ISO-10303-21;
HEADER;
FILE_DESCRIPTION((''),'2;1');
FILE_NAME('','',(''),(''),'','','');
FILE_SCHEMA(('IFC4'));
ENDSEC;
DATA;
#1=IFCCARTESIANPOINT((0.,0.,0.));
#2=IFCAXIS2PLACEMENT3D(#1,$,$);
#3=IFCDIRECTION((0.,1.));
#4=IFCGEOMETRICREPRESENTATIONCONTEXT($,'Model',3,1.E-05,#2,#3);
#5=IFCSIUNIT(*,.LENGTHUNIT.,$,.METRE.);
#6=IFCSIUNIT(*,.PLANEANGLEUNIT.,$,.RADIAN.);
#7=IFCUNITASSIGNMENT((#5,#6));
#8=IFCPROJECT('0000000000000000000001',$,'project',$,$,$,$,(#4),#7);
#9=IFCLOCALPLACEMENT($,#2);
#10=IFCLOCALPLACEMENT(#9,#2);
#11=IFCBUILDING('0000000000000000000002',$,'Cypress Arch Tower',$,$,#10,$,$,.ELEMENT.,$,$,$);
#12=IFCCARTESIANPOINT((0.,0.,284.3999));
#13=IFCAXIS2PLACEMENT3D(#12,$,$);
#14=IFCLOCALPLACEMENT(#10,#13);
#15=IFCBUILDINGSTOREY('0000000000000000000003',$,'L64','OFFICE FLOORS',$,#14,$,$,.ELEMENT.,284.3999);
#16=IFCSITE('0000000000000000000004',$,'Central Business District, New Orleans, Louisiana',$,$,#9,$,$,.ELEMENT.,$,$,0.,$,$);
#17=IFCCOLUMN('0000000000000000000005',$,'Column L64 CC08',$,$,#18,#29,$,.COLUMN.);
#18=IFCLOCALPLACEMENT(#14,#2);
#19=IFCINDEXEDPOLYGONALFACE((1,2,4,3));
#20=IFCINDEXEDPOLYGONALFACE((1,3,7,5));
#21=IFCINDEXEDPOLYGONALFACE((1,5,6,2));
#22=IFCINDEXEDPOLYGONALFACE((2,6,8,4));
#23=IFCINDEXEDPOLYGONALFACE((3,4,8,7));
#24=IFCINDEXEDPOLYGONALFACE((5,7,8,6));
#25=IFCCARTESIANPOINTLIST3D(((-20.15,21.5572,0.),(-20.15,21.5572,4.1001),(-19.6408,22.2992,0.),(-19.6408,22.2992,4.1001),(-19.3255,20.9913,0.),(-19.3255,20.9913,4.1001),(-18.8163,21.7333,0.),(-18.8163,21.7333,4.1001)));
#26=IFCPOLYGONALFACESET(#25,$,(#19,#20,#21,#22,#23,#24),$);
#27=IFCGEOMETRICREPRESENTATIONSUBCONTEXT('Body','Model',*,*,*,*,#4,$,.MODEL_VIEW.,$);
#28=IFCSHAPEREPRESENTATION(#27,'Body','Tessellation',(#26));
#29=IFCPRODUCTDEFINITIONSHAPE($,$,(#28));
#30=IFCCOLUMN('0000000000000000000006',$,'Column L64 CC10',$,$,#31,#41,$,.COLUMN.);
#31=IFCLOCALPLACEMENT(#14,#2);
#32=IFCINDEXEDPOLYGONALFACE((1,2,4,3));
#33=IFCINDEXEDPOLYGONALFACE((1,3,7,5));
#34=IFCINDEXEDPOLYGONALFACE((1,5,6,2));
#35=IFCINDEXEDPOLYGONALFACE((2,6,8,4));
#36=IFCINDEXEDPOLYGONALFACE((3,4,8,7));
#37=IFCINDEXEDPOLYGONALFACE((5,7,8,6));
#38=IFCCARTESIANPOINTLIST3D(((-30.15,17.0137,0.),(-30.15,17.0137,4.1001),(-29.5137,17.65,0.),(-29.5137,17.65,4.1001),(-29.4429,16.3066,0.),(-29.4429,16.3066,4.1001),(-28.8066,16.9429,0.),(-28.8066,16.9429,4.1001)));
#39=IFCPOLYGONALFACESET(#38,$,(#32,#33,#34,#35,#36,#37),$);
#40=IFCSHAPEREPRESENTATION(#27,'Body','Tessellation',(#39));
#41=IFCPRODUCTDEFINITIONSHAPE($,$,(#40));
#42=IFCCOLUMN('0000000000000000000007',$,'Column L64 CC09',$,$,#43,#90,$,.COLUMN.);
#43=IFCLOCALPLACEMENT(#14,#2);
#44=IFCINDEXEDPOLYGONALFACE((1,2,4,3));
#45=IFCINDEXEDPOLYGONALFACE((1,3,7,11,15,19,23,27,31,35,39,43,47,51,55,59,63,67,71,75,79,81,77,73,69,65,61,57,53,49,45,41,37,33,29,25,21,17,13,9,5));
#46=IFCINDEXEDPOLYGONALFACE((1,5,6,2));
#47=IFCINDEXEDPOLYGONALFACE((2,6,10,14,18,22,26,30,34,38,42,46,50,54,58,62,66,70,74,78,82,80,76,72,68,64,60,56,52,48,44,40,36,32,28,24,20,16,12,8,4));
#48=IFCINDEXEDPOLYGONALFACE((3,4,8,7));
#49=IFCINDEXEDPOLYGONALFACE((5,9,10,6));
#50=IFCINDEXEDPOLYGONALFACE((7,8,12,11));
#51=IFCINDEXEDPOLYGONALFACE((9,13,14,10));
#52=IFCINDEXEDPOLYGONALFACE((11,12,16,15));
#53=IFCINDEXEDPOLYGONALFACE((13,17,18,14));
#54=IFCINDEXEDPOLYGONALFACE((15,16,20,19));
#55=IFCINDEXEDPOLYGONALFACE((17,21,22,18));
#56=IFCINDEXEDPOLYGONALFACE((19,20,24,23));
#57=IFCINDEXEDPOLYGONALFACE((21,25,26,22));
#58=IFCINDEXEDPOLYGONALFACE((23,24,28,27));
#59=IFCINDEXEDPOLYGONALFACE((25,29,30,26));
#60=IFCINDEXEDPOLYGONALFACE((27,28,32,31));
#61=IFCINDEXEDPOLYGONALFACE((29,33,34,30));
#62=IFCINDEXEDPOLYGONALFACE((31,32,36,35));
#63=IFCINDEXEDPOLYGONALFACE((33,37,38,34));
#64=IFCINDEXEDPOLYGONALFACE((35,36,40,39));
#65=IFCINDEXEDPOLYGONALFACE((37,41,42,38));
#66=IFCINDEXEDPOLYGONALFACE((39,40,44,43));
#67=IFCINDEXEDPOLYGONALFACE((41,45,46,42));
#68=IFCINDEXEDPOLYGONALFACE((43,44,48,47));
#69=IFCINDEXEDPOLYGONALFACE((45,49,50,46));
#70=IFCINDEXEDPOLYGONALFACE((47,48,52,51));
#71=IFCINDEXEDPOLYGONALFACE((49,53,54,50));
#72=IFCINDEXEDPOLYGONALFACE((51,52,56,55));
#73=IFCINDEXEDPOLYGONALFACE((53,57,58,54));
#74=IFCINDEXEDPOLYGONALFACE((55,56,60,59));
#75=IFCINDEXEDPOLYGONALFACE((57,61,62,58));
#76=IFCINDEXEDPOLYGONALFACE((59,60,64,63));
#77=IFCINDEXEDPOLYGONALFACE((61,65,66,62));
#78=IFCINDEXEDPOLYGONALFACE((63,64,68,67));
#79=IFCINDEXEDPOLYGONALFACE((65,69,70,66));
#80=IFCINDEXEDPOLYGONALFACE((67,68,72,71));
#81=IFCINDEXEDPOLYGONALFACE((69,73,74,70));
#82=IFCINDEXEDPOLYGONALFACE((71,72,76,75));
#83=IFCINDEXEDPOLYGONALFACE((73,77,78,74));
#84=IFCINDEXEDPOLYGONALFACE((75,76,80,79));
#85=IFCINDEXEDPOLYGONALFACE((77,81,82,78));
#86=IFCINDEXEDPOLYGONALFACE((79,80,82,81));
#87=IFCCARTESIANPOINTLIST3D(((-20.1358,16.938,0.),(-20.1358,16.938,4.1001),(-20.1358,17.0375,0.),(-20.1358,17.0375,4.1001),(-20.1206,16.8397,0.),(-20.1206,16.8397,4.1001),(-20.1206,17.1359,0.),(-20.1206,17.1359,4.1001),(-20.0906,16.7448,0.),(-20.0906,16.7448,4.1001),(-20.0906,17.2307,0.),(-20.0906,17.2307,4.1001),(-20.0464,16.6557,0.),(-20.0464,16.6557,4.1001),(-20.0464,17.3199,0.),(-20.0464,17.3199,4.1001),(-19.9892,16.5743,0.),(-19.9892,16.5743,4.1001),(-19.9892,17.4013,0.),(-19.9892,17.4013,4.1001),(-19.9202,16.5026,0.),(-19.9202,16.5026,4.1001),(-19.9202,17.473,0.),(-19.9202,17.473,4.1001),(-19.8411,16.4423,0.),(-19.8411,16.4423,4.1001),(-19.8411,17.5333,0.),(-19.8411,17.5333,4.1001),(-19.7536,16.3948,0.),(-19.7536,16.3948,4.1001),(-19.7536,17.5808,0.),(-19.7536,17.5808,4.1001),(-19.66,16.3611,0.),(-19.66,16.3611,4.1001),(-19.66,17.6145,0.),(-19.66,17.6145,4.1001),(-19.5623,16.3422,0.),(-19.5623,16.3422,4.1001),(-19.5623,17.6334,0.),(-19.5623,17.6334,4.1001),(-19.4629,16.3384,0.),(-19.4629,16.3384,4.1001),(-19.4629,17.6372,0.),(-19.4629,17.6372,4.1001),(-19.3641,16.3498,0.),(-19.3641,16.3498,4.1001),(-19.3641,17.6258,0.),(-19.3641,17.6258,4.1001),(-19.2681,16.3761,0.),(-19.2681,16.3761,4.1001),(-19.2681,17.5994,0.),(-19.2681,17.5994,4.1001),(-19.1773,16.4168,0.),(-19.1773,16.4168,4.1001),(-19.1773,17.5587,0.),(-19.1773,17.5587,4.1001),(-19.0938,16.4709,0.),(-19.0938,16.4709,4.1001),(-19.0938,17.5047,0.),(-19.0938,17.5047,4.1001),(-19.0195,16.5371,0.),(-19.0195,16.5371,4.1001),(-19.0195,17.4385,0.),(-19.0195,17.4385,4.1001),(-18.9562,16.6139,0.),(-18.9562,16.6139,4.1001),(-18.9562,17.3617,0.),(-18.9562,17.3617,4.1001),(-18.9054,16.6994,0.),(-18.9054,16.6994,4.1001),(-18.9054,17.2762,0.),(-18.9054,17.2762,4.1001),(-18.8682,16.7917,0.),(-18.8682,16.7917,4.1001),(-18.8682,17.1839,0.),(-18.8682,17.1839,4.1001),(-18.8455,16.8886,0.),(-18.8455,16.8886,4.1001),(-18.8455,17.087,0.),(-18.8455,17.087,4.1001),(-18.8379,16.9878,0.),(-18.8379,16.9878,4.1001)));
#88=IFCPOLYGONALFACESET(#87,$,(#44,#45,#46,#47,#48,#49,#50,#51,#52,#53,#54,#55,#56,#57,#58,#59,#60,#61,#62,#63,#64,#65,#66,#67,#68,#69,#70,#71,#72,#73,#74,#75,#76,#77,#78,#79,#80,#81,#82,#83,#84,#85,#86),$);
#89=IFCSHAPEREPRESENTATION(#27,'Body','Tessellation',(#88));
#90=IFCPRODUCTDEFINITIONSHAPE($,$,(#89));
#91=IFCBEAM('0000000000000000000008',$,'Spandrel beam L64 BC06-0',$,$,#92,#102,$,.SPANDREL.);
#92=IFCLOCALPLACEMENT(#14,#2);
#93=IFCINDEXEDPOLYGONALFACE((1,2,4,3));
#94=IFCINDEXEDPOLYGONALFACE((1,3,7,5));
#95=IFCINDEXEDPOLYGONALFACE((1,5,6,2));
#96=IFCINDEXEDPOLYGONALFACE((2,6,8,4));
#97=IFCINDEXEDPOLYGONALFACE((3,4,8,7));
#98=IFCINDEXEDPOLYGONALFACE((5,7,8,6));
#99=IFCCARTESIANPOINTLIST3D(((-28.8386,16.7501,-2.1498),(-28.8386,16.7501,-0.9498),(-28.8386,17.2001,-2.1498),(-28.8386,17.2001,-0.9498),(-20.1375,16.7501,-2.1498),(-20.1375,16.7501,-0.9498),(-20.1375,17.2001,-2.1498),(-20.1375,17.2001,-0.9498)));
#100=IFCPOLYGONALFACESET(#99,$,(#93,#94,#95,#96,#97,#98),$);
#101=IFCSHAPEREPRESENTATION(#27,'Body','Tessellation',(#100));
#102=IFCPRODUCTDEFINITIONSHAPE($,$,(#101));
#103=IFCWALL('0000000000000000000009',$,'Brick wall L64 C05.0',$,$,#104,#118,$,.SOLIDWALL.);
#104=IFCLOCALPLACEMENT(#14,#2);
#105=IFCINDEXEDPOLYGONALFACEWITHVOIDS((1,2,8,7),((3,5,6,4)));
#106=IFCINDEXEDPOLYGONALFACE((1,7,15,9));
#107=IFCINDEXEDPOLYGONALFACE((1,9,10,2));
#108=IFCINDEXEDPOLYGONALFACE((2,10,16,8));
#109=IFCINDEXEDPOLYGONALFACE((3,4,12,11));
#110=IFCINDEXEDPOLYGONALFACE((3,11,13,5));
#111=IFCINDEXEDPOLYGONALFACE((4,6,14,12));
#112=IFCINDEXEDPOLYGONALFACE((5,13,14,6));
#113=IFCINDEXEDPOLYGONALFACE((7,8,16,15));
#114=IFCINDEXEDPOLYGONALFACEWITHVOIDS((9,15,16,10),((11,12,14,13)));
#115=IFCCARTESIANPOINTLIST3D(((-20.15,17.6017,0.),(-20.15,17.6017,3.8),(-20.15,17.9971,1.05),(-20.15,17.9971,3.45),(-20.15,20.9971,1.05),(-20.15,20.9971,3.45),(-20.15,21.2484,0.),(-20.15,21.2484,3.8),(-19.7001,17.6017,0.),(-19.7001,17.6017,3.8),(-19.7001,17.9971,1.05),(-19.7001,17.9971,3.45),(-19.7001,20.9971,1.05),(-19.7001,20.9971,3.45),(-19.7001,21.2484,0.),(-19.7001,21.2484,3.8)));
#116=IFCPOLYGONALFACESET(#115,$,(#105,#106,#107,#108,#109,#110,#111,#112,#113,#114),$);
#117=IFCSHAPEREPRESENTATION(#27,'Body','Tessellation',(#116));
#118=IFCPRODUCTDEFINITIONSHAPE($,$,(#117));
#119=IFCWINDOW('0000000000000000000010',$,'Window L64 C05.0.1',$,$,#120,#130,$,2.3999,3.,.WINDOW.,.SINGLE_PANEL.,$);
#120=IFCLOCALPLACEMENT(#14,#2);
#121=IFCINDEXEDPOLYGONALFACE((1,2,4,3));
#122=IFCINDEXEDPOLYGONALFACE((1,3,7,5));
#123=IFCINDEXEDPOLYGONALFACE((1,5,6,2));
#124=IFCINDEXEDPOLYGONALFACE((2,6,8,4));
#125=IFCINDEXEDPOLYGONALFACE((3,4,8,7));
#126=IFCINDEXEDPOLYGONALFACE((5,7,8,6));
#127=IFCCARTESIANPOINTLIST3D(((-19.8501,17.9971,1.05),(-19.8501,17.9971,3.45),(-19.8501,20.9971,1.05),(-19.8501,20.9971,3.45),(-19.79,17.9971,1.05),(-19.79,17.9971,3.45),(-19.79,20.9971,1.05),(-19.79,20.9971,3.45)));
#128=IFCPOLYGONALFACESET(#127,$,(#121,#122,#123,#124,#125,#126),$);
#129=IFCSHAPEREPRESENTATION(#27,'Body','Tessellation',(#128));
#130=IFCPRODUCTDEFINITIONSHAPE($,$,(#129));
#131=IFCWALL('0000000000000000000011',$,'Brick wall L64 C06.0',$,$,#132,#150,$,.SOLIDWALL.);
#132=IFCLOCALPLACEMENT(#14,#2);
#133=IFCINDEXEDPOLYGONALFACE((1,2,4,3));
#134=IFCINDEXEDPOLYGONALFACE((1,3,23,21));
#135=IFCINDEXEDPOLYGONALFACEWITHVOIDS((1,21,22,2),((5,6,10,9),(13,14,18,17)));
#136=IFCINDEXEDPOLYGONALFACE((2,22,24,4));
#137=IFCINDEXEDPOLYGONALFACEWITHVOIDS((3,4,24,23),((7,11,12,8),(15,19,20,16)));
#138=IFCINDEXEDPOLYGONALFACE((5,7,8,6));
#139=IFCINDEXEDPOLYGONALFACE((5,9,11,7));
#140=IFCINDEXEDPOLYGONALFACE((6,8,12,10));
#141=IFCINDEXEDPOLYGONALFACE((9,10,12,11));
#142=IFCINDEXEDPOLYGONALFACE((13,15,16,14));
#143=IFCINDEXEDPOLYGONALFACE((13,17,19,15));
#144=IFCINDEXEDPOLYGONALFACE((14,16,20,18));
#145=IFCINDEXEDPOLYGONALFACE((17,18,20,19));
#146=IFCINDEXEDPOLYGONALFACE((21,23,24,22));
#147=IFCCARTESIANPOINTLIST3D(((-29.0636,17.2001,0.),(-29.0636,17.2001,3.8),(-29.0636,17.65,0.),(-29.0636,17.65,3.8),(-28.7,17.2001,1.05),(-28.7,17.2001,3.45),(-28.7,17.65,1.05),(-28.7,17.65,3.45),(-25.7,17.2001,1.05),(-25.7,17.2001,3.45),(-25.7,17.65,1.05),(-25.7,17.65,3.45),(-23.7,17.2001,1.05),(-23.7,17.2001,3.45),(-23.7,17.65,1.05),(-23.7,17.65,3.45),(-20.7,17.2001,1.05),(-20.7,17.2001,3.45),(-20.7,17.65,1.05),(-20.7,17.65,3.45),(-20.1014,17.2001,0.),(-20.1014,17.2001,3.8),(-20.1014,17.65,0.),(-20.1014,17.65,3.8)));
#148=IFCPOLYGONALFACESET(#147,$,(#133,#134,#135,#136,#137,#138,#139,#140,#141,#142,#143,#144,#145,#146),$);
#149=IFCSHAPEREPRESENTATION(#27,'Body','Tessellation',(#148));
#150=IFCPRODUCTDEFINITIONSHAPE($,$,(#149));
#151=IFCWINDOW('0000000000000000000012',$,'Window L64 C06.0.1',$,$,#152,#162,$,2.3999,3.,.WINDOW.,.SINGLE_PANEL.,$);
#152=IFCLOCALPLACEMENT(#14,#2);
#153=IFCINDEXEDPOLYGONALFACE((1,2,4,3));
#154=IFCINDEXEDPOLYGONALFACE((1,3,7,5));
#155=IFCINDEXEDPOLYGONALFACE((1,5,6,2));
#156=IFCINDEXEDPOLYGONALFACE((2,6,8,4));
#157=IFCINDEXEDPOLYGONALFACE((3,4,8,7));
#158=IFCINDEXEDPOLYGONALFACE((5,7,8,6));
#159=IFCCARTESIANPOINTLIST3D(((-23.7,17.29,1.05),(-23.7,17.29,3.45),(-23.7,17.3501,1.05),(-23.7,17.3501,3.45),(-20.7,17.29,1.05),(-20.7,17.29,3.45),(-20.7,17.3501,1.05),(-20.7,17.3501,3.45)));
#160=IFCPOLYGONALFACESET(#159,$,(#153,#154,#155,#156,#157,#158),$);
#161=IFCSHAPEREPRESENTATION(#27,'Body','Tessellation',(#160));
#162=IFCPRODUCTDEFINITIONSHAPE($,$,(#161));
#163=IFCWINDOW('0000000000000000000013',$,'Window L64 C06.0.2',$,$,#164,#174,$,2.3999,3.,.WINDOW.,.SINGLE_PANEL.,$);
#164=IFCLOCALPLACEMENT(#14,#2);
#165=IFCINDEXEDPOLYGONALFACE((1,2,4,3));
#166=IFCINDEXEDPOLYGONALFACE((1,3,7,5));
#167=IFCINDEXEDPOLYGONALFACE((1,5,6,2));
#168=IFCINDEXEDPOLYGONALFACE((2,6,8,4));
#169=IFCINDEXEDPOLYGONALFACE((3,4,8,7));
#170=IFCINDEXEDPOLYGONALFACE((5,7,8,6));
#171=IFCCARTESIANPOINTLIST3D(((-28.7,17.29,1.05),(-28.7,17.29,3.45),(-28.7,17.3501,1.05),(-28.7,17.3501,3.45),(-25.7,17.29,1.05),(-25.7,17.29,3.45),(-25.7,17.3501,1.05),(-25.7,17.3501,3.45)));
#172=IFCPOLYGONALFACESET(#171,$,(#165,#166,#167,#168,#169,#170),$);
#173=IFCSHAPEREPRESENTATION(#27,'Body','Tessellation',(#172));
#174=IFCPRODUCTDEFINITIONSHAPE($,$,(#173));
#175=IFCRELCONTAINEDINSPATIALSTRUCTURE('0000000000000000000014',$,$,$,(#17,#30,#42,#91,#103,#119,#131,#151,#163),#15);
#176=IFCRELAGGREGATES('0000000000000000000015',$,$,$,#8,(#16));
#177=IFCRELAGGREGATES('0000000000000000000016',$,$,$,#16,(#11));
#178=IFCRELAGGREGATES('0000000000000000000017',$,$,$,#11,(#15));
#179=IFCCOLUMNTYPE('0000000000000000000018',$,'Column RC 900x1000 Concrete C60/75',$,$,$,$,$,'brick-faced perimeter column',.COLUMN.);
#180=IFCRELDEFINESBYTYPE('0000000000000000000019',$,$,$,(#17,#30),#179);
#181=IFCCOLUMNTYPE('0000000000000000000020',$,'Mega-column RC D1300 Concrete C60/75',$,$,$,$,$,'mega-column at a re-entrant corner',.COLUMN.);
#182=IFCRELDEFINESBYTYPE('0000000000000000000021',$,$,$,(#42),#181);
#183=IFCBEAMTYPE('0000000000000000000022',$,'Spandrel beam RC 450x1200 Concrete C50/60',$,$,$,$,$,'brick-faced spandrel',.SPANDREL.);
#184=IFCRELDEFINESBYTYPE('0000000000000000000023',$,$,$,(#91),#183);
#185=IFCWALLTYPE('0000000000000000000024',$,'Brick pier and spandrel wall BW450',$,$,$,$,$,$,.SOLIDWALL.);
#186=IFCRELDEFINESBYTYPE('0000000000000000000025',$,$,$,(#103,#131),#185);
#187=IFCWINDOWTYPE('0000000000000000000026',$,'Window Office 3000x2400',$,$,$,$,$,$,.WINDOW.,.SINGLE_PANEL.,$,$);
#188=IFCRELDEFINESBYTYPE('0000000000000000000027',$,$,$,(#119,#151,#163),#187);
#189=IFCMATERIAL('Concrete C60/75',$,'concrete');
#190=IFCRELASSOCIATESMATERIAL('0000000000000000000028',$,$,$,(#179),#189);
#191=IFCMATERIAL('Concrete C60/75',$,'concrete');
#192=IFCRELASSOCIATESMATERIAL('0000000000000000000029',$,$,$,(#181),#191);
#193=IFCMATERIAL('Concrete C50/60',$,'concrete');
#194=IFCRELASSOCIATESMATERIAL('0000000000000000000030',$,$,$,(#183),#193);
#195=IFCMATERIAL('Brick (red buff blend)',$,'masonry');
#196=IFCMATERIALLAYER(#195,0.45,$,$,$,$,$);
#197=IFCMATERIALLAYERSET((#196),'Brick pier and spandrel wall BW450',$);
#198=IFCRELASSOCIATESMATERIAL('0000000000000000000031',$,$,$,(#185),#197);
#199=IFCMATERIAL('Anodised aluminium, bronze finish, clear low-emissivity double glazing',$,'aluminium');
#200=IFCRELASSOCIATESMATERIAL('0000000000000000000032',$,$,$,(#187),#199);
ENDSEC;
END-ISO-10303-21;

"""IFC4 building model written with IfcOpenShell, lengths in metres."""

from ifc_helpers import new_model, si_unit, direction, frame, frame_2d, origin, origin_2d, place, context, subcontext, project, spatial, rectangle, circle, extrude, material, layer, layer_set, material_profile, profile_set, type_object, element, fill, save


model = new_model("IFC4")

# Units and contexts
model_context = context("Model", 3, precision=1e-05, world=origin(), true_north=direction((0.0, 1.0)))
body_context = subcontext(model_context, "Body", "Model", "MODEL_VIEW")
ifc_project = project(units=[si_unit("LENGTHUNIT", "METRE"), si_unit("PLANEANGLEUNIT", "RADIAN")], contexts=[model_context])

# Site, building, storey
site_placement = place(None, origin())
site = spatial("IfcSite", under=ifc_project, at=site_placement, Name="Central Business District, New Orleans, Louisiana", CompositionType="ELEMENT", RefElevation=0.0)
building_placement = place(site_placement, origin())
building = spatial("IfcBuilding", under=site, at=building_placement, Name="Cypress Arch Tower", CompositionType="ELEMENT")
storey_placement = place(building_placement, frame((0.0, 0.0, 284.3999)))
storey = spatial("IfcBuildingStorey", under=building, at=storey_placement, Name="L64", Description="OFFICE FLOORS", CompositionType="ELEMENT", Elevation=284.3999)

# Columns
ifc_material_1 = material(Name="Concrete C60/75", Category="concrete")
ifc_material_profile_1 = material_profile(ifc_material_1, rectangle(XDim=0.8999, YDim=1.0, at=origin_2d()), Name="RC 900x1000")
ifc_profile_set_1 = profile_set([ifc_material_profile_1], Name="Concrete C60/75")
column_type_1 = type_object("IfcColumnType", Name="Column RC 900x1000 Concrete C60/75", ElementType="brick-faced perimeter column", PredefinedType="COLUMN", material=ifc_profile_set_1)
for number, where, z_axis, x_axis, name in (
    (1, (-19.4832, 21.6453, 0.0), (0.0, 0.0, 1.0), (-0.565893, -0.824479, 0.0), "Column L64 CC08"),
    (2, (-29.4783, 16.9783, 0.0), (0.0, 0.0, 1.0), (-0.707107, -0.707107, 0.0), "Column L64 CC10"),
):
    element("IfcColumn", number, at=place(storey_placement, frame(where, z_axis=z_axis, x_axis=x_axis)), inside=storey, type_object=column_type_1, Name=name, PredefinedType="COLUMN", context=body_context, shape_type="SweptSolid", body=[
        extrude(rectangle(XDim=0.8999, YDim=1.0, at=origin_2d()), origin(), (0.0, 0.0, 1.0), 4.1001),
    ])
ifc_material_2 = material(Name="Concrete C60/75", Category="concrete")
ifc_material_profile_2 = material_profile(ifc_material_2, circle(Radius=0.6499, at=origin_2d()), Name="RC D1300")
ifc_profile_set_2 = profile_set([ifc_material_profile_2], Name="Concrete C60/75")
column_type_2 = type_object("IfcColumnType", Name="Mega-column RC D1300 Concrete C60/75", ElementType="mega-column at a re-entrant corner", PredefinedType="COLUMN", material=ifc_profile_set_2)
column_placement = place(storey_placement, frame((-19.4878, 16.9878, 0.0), z_axis=(0.0, 0.0, 1.0), x_axis=(1.0, 0.0, 0.0)))
element("IfcColumn", 3, at=column_placement, inside=storey, type_object=column_type_2, Name="Column L64 CC09", PredefinedType="COLUMN", context=body_context, shape_type="SweptSolid", body=[
    extrude(circle(Radius=0.6499, at=origin_2d()), origin(), (0.0, 0.0, 1.0), 4.1001),
])

# Beam
ifc_material_3 = material(Name="Concrete C50/60", Category="concrete")
ifc_material_profile_3 = material_profile(ifc_material_3, rectangle(XDim=0.45, YDim=1.2, at=origin_2d()), Name="RC 450x1200")
ifc_profile_set_3 = profile_set([ifc_material_profile_3], Name="Concrete C50/60")
beam_type = type_object("IfcBeamType", Name="Spandrel beam RC 450x1200 Concrete C50/60", ElementType="brick-faced spandrel", PredefinedType="SPANDREL", material=ifc_profile_set_3)
beam_placement = place(storey_placement, frame((-20.1375, 16.9751, -1.5498), z_axis=(-1.0, 0.0, 0.0), x_axis=(0.0, -1.0, 0.0)))
element("IfcBeam", 4, at=beam_placement, inside=storey, type_object=beam_type, Name="Spandrel beam L64 BC06-0", PredefinedType="SPANDREL", context=body_context, shape_type="SweptSolid", body=[
    extrude(rectangle(XDim=0.45, YDim=1.2, at=origin_2d()), origin(), (0.0, 0.0, 1.0), 8.7012),
])

# Wall, opening, window
ifc_material_4 = material(Name="Brick (red buff blend)", Category="masonry")
ifc_layer_1 = layer(ifc_material_4, 0.45)
ifc_layer_set_1 = layer_set([ifc_layer_1], Name="Brick pier and spandrel wall BW450")
wall_type_1 = type_object("IfcWallType", Name="Brick pier and spandrel wall BW450", PredefinedType="SOLIDWALL", material=ifc_layer_set_1)
wall_1_placement = place(storey_placement, frame((-19.925, 21.2483, 0.0), z_axis=(0.0, 0.0, 1.0), x_axis=(0.0, -1.0, 0.0)))
wall_1 = element("IfcWall", 5, at=wall_1_placement, inside=storey, type_object=wall_type_1, Name="Brick wall L64 C05.0", PredefinedType="SOLIDWALL", context=body_context, shape_type="SweptSolid", body=[
    extrude(rectangle(XDim=3.6467, YDim=0.45, at=frame_2d((1.8232, 0.0))), origin(), (0.0, 0.0, 1.0), 3.8),
])
opening_1_placement = place(wall_1_placement, frame((0.2512, 0.0, 1.05)))
opening_1 = element("IfcOpeningElement", 6, at=opening_1_placement, cuts=wall_1, PredefinedType="OPENING", context=body_context, shape_type="SweptSolid", body=[
    extrude(rectangle(XDim=3.0, YDim=2.3999, at=frame_2d((1.5, 1.2))), frame((0.0, 0.2349, 0.0), z_axis=(0.0, -1.0, 0.0), x_axis=(1.0, 0.0, 0.0)), (0.0, 0.0, 1.0), 0.47),
])
ifc_material_5 = material(Name="Anodised aluminium, bronze finish, clear low-emissivity double glazing", Category="aluminium")
window_type = type_object("IfcWindowType", Name="Window Office 3000x2400", PartitioningType="SINGLE_PANEL", PredefinedType="WINDOW", material=ifc_material_5)
window_1_placement = place(opening_1_placement, origin())
window_1 = element("IfcWindow", 7, at=window_1_placement, inside=storey, type_object=window_type, Name="Window L64 C05.0.1", OverallHeight=2.3999, OverallWidth=3.0, PartitioningType="SINGLE_PANEL", PredefinedType="WINDOW", context=body_context, shape_type="SweptSolid", body=[
    extrude(rectangle(XDim=3.0, YDim=2.3999, at=frame_2d((1.5, 1.2))), frame((0.0, 0.135, 0.0), z_axis=(0.0, -1.0, 0.0), x_axis=(1.0, 0.0, 0.0)), (0.0, 0.0, 1.0), 0.0601),
])
fill(opening_1, window_1)

# Wall, openings, windows
wall_2_placement = place(storey_placement, frame((-20.1016, 17.425, 0.0), z_axis=(0.0, 0.0, 1.0), x_axis=(-1.0, 0.0, 0.0)))
wall_2 = element("IfcWall", 8, at=wall_2_placement, inside=storey, type_object=wall_type_1, Name="Brick wall L64 C06.0", PredefinedType="SOLIDWALL", context=body_context, shape_type="SweptSolid", body=[
    extrude(rectangle(XDim=8.9622, YDim=0.45, at=frame_2d((4.481, 0.0))), origin(), (0.0, 0.0, 1.0), 3.8),
])
opening_2_placement = place(wall_2_placement, frame((0.5984, 0.0, 1.05)))
opening_2 = element("IfcOpeningElement", 9, at=opening_2_placement, cuts=wall_2, PredefinedType="OPENING", context=body_context, shape_type="SweptSolid", body=[
    extrude(rectangle(XDim=3.0, YDim=2.3999, at=frame_2d((1.5, 1.2))), frame((0.0, 0.2349, 0.0), z_axis=(0.0, -1.0, 0.0), x_axis=(1.0, 0.0, 0.0)), (0.0, 0.0, 1.0), 0.47),
])
opening_3_placement = place(wall_2_placement, frame((5.5984, 0.0, 1.05)))
opening_3 = element("IfcOpeningElement", 10, at=opening_3_placement, cuts=wall_2, PredefinedType="OPENING", context=body_context, shape_type="SweptSolid", body=[
    extrude(rectangle(XDim=3.0, YDim=2.3999, at=frame_2d((1.5, 1.2))), frame((0.0, 0.2349, 0.0), z_axis=(0.0, -1.0, 0.0), x_axis=(1.0, 0.0, 0.0)), (0.0, 0.0, 1.0), 0.47),
])
window_2_placement = place(opening_2_placement, origin())
window_2 = element("IfcWindow", 11, at=window_2_placement, inside=storey, type_object=window_type, Name="Window L64 C06.0.1", OverallHeight=2.3999, OverallWidth=3.0, PartitioningType="SINGLE_PANEL", PredefinedType="WINDOW", context=body_context, shape_type="SweptSolid", body=[
    extrude(rectangle(XDim=3.0, YDim=2.3999, at=frame_2d((1.5, 1.2))), frame((0.0, 0.135, 0.0), z_axis=(0.0, -1.0, 0.0), x_axis=(1.0, 0.0, 0.0)), (0.0, 0.0, 1.0), 0.0601),
])
fill(opening_2, window_2)
window_3_placement = place(opening_3_placement, origin())
window_3 = element("IfcWindow", 12, at=window_3_placement, inside=storey, type_object=window_type, Name="Window L64 C06.0.2", OverallHeight=2.3999, OverallWidth=3.0, PartitioningType="SINGLE_PANEL", PredefinedType="WINDOW", context=body_context, shape_type="SweptSolid", body=[
    extrude(rectangle(XDim=3.0, YDim=2.3999, at=frame_2d((1.5, 1.2))), frame((0.0, 0.135, 0.0), z_axis=(0.0, -1.0, 0.0), x_axis=(1.0, 0.0, 0.0)), (0.0, 0.0, 1.0), 0.0601),
])
fill(opening_3, window_3)

save(model, "model.ifc")
